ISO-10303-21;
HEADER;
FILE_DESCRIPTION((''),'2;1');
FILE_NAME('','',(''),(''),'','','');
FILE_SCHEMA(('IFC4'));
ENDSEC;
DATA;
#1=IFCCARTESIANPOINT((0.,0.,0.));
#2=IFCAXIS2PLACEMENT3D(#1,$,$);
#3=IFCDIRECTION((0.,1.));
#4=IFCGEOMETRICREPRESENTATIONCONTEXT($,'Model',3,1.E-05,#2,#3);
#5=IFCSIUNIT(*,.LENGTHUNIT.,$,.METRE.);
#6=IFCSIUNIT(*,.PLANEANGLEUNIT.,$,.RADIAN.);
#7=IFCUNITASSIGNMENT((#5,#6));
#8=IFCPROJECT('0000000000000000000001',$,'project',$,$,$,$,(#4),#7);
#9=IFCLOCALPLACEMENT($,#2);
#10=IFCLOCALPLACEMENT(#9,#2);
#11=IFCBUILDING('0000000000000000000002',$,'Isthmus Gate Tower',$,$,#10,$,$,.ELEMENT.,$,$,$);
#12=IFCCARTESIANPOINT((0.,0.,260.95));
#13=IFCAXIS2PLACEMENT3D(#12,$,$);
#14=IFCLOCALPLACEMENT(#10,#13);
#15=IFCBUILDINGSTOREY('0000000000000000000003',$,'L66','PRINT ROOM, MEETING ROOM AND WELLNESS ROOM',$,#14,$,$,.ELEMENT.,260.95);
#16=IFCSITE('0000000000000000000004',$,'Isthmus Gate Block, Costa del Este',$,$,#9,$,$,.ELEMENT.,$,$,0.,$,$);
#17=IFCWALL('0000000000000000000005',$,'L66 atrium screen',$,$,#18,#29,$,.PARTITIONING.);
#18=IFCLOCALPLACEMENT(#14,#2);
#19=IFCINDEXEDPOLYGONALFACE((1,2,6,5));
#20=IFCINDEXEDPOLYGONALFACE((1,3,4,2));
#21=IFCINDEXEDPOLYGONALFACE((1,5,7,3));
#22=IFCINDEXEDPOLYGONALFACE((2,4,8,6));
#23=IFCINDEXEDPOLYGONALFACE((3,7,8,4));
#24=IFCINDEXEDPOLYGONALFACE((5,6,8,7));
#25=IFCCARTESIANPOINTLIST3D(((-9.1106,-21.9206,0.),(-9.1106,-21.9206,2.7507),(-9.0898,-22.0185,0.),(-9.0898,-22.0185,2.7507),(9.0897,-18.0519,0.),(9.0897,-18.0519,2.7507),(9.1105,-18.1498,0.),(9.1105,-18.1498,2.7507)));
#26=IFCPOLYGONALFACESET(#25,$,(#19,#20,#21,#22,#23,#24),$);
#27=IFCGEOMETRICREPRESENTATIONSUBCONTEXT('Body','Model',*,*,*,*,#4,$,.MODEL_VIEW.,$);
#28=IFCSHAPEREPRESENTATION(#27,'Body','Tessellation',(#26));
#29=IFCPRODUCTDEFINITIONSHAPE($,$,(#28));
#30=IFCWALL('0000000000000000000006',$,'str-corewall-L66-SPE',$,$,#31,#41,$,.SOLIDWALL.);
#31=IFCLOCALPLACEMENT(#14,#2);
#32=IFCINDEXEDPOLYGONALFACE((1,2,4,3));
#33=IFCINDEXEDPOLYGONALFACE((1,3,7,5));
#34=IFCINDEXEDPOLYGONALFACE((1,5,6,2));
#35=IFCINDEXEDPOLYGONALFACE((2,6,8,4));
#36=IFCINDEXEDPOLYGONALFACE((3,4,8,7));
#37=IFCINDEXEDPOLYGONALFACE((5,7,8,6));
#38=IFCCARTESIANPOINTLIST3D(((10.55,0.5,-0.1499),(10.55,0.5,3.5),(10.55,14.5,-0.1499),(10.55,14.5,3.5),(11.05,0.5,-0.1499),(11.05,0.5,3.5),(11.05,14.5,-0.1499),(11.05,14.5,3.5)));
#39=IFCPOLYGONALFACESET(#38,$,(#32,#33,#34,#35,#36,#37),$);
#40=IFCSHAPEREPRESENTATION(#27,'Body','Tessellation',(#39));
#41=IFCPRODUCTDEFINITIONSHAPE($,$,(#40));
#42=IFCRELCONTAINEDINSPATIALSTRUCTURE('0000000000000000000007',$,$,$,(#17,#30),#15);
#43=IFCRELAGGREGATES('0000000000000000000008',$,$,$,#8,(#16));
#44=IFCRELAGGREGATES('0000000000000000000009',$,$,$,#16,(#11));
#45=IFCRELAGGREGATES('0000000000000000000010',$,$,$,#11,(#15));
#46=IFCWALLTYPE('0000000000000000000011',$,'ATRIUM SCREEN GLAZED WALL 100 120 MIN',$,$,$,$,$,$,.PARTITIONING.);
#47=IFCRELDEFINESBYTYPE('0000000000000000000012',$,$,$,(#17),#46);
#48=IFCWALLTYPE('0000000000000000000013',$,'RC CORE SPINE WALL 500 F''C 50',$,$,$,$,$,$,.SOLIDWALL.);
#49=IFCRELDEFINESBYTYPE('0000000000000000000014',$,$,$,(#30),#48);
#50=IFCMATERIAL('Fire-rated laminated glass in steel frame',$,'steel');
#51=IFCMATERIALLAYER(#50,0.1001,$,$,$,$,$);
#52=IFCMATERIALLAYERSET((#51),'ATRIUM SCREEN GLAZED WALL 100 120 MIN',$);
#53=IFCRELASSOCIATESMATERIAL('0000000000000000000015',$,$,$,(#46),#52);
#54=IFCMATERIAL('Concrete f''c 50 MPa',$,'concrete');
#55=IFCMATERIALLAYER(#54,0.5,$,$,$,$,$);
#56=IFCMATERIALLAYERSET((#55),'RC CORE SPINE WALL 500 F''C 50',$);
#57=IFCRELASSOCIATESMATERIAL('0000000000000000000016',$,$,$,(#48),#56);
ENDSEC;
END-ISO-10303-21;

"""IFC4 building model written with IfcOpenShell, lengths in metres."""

from ifc_helpers import new_model, si_unit, direction, frame, frame_2d, origin, place, context, subcontext, project, spatial, rectangle, extrude, material, layer, layer_set, type_object, element, save


model = new_model("IFC4")

# Units and contexts
model_context = context("Model", 3, precision=1e-05, world=origin(), true_north=direction((0.0, 1.0)))
body_context = subcontext(model_context, "Body", "Model", "MODEL_VIEW")
ifc_project = project(units=[si_unit("LENGTHUNIT", "METRE"), si_unit("PLANEANGLEUNIT", "RADIAN")], contexts=[model_context])

# Site, building, storey
site_placement = place(None, origin())
site = spatial("IfcSite", under=ifc_project, at=site_placement, Name="Isthmus Gate Block, Costa del Este", CompositionType="ELEMENT", RefElevation=0.0)
building_placement = place(site_placement, origin())
building = spatial("IfcBuilding", under=site, at=building_placement, Name="Isthmus Gate Tower", CompositionType="ELEMENT")
storey_placement = place(building_placement, frame((0.0, 0.0, 260.95)))
storey = spatial("IfcBuildingStorey", under=building, at=storey_placement, Name="L66", Description="PRINT ROOM, MEETING ROOM AND WELLNESS ROOM", CompositionType="ELEMENT", Elevation=260.95)

# Walls
ifc_material_1 = material(Name="Fire-rated laminated glass in steel frame", Category="steel")
ifc_layer_1 = layer(ifc_material_1, 0.1001)
ifc_layer_set_1 = layer_set([ifc_layer_1], Name="ATRIUM SCREEN GLAZED WALL 100 120 MIN")
wall_type_1 = type_object("IfcWallType", Name="ATRIUM SCREEN GLAZED WALL 100 120 MIN", PredefinedType="PARTITIONING", material=ifc_layer_set_1)
wall_1_placement = place(storey_placement, frame((9.1001, -18.1008, 0.0), z_axis=(0.0, 0.0, 1.0), x_axis=(-0.978147, -0.207916, 0.0)))
element("IfcWall", 1, at=wall_1_placement, inside=storey, type_object=wall_type_1, Name="L66 atrium screen", PredefinedType="PARTITIONING", context=body_context, shape_type="SweptSolid", body=[
    extrude(rectangle(XDim=18.6069, YDim=0.1001, at=frame_2d((9.3035, 0.0))), origin(), (0.0, 0.0, 1.0), 2.7507),
])
ifc_material_2 = material(Name="Concrete f'c 50 MPa", Category="concrete")
ifc_layer_2 = layer(ifc_material_2, 0.5)
ifc_layer_set_2 = layer_set([ifc_layer_2], Name="RC CORE SPINE WALL 500 F'C 50")
wall_type_2 = type_object("IfcWallType", Name="RC CORE SPINE WALL 500 F'C 50", PredefinedType="SOLIDWALL", material=ifc_layer_set_2)
wall_2_placement = place(storey_placement, frame((10.8, 0.5, -0.1499), z_axis=(0.0, 0.0, 1.0), x_axis=(0.0, 1.0, 0.0)))
element("IfcWall", 2, at=wall_2_placement, inside=storey, type_object=wall_type_2, Name="str-corewall-L66-SPE", PredefinedType="SOLIDWALL", context=body_context, shape_type="SweptSolid", body=[
    extrude(rectangle(XDim=14.0, YDim=0.5, at=frame_2d((7.0, 0.0))), origin(), (0.0, 0.0, 1.0), 3.6499),
])

save(model, "model.ifc")
